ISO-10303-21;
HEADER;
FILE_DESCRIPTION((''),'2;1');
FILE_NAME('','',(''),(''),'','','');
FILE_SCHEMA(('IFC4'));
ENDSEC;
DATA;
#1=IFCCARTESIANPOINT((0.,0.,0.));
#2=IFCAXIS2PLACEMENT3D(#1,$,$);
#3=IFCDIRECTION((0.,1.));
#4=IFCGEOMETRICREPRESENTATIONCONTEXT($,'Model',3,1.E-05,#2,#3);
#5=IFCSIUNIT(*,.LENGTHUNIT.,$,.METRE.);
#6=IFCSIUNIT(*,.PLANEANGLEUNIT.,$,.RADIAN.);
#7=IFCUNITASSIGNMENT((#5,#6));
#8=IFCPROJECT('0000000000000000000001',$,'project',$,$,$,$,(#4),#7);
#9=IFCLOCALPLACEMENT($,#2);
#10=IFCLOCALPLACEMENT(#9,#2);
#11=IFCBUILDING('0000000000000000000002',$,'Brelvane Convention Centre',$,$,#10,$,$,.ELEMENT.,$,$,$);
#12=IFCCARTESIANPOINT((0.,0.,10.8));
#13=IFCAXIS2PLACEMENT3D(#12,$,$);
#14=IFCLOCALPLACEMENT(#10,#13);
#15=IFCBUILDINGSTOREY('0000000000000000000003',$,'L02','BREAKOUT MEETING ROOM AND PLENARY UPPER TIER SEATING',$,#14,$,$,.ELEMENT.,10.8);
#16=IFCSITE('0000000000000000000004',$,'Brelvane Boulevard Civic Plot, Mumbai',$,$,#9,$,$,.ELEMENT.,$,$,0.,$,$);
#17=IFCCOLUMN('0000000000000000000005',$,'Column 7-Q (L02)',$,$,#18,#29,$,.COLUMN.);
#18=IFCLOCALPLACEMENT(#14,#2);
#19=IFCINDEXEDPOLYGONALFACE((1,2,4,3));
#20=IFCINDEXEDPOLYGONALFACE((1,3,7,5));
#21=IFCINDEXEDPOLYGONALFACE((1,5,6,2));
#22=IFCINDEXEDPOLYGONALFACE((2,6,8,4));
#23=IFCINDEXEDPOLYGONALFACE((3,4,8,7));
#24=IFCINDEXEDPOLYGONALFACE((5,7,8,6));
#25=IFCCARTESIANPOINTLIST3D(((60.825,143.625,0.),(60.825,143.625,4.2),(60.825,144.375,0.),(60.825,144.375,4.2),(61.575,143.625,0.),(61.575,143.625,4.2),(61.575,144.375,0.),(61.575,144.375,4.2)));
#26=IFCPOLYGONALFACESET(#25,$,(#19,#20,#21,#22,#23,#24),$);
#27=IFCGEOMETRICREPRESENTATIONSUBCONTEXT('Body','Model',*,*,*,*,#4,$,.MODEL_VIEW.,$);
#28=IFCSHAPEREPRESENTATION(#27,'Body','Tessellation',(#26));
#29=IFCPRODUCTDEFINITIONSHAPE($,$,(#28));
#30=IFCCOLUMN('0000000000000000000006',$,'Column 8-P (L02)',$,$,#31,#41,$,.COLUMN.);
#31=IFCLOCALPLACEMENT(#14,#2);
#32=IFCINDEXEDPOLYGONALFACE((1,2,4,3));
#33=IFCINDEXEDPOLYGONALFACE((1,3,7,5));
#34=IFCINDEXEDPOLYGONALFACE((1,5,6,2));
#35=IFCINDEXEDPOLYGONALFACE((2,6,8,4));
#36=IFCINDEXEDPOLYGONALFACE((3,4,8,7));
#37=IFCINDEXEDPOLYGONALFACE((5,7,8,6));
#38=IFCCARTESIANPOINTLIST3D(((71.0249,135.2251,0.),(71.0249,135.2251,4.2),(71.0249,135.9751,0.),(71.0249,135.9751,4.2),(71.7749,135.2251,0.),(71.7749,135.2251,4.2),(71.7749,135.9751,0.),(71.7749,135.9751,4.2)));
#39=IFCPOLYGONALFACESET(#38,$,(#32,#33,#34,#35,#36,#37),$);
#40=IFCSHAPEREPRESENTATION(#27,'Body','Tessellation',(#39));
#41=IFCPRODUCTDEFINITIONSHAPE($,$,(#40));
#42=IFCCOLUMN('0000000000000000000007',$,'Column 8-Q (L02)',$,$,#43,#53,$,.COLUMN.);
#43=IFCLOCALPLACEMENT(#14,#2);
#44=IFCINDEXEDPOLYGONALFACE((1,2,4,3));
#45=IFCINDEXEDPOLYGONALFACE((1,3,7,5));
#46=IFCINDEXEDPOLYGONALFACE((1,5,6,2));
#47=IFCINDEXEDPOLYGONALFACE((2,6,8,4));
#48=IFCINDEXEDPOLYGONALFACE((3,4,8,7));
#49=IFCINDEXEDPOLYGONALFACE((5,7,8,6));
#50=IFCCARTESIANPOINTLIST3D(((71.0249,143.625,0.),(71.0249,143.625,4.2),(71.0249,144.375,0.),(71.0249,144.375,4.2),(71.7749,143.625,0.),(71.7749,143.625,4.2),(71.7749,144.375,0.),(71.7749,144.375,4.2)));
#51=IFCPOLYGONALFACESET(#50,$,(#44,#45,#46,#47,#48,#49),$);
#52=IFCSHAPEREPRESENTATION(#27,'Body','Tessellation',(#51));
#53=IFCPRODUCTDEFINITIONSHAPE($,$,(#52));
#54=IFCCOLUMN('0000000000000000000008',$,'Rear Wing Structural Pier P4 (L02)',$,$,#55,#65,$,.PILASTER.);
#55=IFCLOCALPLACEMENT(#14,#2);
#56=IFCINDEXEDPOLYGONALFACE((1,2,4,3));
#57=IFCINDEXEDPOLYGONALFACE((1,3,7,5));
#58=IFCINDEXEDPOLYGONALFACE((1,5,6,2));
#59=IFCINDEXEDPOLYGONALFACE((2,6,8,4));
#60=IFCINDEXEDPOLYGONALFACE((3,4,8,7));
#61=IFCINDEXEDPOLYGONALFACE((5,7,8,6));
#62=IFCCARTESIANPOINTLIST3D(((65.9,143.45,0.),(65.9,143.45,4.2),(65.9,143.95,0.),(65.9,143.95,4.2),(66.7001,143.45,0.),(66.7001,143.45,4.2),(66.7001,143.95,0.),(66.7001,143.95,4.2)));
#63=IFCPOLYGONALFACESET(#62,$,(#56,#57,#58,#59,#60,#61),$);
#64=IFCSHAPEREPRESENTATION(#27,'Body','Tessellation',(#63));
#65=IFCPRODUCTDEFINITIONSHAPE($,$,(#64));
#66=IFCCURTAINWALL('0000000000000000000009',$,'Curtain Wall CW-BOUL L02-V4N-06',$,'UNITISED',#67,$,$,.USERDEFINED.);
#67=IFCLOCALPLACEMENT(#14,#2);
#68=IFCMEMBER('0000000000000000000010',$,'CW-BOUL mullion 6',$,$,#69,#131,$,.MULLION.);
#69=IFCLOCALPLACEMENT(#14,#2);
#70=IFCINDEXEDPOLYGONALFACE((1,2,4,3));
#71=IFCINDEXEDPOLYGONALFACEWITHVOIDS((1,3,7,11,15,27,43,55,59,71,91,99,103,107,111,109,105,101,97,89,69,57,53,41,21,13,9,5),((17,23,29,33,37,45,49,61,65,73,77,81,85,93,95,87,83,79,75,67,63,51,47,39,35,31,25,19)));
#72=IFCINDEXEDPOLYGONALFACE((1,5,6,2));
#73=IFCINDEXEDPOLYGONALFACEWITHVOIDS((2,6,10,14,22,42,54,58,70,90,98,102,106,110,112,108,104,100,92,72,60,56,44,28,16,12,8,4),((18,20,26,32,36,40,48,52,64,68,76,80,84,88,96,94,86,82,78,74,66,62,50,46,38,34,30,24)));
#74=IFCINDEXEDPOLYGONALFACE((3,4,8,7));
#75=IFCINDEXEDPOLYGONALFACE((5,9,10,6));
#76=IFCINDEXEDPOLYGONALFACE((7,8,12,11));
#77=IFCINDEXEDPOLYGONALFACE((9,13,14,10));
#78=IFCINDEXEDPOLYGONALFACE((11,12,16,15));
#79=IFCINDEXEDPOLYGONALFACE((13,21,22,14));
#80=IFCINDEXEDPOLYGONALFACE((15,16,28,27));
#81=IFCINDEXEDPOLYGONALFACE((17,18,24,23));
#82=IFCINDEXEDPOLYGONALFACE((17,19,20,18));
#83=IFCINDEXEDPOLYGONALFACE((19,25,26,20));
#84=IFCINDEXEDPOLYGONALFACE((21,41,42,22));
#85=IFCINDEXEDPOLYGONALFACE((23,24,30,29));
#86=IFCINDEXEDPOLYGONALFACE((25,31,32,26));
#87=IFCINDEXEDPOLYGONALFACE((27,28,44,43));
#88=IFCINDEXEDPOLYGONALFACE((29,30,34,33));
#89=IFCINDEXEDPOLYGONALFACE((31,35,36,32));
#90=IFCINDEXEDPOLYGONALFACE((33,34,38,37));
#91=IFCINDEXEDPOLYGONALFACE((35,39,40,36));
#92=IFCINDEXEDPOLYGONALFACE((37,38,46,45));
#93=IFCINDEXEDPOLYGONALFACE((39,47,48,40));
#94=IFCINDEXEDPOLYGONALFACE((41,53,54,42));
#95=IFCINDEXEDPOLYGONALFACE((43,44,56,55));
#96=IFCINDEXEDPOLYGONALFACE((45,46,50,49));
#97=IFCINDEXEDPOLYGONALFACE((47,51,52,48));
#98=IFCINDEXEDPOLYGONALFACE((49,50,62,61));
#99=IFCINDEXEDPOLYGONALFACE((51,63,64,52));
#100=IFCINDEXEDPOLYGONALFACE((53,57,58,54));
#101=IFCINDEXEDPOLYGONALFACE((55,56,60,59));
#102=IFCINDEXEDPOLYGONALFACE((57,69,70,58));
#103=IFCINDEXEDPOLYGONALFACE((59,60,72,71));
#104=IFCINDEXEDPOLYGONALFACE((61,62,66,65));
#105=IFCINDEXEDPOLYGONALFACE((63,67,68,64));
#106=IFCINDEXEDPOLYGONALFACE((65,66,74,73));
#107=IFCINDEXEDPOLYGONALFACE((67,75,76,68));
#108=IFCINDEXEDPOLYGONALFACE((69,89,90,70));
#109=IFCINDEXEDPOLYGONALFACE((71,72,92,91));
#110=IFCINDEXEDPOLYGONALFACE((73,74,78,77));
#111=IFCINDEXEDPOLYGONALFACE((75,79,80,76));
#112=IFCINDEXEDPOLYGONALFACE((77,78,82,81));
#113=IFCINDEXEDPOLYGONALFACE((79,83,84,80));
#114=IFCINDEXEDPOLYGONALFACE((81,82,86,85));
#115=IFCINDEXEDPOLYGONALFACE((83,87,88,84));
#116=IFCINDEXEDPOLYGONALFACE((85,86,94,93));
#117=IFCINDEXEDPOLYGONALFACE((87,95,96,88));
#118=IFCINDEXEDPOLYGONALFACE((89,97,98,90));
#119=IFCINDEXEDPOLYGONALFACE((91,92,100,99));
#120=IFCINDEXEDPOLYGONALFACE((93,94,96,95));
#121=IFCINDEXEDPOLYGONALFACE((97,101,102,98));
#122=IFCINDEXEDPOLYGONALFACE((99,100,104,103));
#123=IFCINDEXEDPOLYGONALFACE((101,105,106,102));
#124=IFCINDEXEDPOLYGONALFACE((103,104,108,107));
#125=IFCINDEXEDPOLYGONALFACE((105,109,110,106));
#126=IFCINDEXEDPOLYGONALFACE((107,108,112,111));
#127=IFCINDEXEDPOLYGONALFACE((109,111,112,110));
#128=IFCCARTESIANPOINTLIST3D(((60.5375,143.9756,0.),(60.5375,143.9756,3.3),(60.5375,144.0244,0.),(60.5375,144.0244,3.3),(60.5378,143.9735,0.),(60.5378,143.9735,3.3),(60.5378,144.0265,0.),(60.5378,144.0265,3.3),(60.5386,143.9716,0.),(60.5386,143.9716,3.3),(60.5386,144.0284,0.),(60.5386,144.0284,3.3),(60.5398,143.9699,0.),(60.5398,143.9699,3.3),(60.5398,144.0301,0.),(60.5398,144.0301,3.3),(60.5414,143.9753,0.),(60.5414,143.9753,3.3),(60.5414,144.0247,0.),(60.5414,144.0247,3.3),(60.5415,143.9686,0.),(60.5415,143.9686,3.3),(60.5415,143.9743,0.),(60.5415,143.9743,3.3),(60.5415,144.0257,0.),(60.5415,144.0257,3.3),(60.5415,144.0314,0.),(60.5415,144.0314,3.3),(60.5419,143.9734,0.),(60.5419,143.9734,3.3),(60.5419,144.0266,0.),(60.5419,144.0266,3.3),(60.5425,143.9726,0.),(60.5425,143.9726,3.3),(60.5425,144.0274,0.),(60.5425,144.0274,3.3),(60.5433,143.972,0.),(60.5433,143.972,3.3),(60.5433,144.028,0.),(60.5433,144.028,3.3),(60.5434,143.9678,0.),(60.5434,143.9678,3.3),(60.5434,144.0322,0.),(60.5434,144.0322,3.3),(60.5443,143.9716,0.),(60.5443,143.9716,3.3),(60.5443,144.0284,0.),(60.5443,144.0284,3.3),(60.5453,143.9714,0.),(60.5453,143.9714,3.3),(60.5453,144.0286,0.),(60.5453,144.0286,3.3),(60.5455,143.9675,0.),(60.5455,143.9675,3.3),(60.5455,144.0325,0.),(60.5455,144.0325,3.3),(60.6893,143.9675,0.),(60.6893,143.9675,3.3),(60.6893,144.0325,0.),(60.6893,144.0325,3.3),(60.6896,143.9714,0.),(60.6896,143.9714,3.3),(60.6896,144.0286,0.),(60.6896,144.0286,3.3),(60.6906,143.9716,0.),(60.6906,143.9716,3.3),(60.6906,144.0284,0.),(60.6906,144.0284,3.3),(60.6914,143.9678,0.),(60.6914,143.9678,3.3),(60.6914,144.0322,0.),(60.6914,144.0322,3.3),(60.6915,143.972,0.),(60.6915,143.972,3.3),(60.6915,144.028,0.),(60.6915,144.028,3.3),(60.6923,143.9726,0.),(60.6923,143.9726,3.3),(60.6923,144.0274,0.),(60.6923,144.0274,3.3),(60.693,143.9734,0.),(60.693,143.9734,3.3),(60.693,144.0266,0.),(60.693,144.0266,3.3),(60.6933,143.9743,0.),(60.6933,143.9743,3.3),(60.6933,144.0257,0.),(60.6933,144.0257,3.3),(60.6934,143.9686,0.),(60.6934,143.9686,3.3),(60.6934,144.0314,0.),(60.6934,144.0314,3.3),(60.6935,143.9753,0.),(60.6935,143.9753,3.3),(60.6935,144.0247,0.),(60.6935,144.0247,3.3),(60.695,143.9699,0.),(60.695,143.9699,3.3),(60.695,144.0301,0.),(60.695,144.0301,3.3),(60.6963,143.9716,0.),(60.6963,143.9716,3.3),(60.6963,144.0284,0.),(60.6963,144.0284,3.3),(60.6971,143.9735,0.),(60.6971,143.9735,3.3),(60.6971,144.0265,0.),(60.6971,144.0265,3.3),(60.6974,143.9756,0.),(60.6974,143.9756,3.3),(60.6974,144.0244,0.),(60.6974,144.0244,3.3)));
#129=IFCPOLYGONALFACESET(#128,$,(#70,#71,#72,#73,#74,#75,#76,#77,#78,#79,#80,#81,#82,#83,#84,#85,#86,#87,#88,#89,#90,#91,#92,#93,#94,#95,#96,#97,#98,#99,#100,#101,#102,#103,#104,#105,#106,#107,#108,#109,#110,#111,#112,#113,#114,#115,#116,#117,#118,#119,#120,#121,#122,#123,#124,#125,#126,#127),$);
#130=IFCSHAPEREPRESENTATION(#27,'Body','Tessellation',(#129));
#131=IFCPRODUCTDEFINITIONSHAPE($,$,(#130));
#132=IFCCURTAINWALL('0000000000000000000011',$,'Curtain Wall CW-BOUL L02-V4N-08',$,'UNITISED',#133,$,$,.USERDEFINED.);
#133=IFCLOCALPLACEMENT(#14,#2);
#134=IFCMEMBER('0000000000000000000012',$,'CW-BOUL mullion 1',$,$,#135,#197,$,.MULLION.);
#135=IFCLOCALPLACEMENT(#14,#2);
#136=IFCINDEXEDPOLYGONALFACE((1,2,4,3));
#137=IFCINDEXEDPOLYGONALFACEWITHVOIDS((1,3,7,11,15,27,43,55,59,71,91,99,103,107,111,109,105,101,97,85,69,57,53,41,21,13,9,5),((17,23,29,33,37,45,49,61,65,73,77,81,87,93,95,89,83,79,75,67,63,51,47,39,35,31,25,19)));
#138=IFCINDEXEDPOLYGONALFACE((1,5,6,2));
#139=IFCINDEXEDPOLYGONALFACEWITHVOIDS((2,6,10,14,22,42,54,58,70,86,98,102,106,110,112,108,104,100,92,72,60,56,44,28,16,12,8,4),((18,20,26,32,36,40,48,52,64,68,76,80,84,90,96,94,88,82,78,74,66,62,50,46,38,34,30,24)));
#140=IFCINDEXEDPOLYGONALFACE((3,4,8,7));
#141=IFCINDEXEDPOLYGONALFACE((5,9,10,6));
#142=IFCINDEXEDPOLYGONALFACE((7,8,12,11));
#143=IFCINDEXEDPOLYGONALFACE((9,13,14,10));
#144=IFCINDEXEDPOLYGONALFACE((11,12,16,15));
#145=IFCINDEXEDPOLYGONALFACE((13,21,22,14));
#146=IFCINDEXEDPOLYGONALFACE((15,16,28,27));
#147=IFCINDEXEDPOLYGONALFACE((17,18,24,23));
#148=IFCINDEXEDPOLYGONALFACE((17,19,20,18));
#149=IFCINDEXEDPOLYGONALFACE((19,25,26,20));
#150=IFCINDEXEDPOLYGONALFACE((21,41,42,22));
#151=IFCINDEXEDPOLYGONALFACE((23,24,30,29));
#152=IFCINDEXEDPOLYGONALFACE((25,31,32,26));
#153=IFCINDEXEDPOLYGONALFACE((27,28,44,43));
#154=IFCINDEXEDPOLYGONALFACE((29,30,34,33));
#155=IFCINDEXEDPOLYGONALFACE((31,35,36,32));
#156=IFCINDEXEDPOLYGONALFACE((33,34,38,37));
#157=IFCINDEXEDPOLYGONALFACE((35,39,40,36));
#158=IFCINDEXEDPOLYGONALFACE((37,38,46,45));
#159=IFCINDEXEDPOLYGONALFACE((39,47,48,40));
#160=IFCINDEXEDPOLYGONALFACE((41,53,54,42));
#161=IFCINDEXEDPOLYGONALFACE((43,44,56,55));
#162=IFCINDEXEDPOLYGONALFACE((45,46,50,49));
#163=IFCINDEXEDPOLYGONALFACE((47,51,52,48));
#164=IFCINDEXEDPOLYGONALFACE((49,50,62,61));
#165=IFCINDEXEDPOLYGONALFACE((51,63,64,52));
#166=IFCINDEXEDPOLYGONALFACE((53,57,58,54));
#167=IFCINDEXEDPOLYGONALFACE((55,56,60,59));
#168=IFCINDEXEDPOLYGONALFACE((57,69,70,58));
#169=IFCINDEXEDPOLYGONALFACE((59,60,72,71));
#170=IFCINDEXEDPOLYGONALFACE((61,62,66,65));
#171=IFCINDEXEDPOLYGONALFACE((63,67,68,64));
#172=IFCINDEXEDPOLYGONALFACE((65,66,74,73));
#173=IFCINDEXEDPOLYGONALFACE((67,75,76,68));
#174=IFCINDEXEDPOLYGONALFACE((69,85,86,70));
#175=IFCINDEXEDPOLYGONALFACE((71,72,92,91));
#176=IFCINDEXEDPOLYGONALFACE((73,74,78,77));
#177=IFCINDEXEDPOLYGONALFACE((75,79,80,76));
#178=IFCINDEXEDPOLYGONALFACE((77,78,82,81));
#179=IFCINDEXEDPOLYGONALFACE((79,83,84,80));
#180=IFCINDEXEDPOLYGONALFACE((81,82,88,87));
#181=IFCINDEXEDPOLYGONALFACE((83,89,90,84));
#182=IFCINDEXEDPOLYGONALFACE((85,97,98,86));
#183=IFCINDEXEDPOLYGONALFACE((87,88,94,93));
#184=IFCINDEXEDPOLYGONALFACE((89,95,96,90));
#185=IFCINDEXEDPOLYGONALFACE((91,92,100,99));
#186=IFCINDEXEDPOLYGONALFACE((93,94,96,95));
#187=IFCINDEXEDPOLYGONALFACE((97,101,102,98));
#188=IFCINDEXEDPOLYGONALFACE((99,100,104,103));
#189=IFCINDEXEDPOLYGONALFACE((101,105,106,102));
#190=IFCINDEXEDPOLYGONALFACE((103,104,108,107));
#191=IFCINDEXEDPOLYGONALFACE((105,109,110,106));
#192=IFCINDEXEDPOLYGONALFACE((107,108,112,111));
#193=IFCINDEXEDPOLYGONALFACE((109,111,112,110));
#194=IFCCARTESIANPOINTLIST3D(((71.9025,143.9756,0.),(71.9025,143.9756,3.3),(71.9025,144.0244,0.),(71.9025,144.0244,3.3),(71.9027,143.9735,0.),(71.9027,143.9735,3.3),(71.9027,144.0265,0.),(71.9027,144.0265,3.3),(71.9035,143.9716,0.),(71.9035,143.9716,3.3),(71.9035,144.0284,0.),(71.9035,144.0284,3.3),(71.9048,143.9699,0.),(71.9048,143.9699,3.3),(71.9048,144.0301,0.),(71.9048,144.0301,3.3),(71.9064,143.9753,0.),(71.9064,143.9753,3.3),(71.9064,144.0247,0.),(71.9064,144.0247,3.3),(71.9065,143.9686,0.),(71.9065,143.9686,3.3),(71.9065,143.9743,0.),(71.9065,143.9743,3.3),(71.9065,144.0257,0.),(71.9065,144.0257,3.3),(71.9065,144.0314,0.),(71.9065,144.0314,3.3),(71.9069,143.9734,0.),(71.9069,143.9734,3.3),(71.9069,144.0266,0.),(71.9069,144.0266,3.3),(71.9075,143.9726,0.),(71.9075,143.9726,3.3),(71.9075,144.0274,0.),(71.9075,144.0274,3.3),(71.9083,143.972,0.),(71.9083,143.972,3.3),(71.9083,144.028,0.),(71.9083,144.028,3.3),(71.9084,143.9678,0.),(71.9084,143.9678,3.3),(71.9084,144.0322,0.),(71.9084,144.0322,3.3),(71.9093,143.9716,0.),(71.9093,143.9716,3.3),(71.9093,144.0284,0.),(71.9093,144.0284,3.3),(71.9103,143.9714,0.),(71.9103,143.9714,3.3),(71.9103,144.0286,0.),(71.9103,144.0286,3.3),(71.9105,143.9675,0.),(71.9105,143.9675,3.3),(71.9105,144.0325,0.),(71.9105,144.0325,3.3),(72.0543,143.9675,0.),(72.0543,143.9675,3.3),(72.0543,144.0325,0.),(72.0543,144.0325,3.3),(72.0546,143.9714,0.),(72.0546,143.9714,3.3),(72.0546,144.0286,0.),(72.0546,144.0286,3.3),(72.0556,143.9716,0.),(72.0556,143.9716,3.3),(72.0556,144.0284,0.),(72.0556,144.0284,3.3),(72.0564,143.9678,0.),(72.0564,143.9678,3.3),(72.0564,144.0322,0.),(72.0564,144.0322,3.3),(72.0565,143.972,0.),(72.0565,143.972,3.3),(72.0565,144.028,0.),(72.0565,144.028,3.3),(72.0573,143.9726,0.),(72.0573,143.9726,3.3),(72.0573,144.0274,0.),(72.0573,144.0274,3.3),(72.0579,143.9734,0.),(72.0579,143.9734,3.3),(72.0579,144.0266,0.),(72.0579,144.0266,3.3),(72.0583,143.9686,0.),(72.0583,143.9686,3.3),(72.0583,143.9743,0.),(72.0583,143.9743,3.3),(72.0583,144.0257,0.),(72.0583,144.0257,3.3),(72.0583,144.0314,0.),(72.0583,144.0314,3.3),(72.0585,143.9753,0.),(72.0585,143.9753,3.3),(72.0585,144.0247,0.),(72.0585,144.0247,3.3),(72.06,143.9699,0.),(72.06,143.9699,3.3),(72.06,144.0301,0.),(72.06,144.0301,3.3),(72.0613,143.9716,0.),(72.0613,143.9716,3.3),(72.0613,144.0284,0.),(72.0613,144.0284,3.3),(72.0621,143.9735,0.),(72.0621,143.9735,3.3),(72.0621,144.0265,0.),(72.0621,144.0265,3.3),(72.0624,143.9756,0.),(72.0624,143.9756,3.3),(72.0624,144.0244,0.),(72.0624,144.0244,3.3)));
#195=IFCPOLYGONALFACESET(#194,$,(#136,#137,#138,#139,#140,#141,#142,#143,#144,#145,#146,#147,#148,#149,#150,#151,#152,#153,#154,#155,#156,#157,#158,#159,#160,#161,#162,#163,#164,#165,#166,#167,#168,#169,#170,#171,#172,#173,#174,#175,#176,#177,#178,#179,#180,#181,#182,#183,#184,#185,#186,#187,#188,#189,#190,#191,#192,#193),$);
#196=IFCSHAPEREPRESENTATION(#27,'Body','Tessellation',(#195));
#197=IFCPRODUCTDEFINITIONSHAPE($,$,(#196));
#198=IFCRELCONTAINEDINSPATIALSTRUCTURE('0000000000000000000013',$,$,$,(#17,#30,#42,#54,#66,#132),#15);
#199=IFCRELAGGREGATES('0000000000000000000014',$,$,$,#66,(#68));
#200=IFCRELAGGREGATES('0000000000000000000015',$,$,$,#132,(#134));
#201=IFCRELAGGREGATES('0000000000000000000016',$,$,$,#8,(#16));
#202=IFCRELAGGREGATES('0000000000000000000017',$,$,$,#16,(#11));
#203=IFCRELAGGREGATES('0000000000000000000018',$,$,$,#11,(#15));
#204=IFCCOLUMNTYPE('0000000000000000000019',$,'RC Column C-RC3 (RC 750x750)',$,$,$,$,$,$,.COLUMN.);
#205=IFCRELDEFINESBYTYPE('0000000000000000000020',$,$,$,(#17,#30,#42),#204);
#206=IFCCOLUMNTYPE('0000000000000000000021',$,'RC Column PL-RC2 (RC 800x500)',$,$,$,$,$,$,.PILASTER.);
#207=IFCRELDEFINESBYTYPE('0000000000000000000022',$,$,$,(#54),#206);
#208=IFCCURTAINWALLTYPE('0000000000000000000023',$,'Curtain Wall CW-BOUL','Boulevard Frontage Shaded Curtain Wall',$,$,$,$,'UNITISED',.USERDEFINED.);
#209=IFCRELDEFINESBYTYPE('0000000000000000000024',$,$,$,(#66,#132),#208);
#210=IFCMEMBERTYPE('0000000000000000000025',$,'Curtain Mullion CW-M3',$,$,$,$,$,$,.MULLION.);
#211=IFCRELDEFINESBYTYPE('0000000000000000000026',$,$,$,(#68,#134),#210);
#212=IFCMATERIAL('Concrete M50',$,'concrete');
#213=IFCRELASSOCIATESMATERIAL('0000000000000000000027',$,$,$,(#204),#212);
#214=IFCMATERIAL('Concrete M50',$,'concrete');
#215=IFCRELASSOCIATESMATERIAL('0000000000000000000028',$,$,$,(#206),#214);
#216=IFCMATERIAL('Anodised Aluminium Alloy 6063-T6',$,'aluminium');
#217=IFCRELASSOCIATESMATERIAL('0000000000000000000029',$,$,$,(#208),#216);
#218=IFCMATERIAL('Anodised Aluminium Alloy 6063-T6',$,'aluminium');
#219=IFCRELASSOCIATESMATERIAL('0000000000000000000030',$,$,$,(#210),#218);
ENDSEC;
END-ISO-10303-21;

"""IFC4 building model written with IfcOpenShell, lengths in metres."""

from ifc_helpers import new_model, si_unit, direction, frame, origin, origin_2d, place, context, subcontext, project, spatial, rectangle, hollow_rectangle, extrude, material, material_profile, profile_set, type_object, element, aggregate, save


model = new_model("IFC4")

# Units and contexts
model_context = context("Model", 3, precision=1e-05, world=origin(), true_north=direction((0.0, 1.0)))
body_context = subcontext(model_context, "Body", "Model", "MODEL_VIEW")
ifc_project = project(units=[si_unit("LENGTHUNIT", "METRE"), si_unit("PLANEANGLEUNIT", "RADIAN")], contexts=[model_context])

# Site, building, storey
site_placement = place(None, origin())
site = spatial("IfcSite", under=ifc_project, at=site_placement, Name="Brelvane Boulevard Civic Plot, Mumbai", CompositionType="ELEMENT", RefElevation=0.0)
building_placement = place(site_placement, origin())
building = spatial("IfcBuilding", under=site, at=building_placement, Name="Brelvane Convention Centre", CompositionType="ELEMENT")
storey_placement = place(building_placement, frame((0.0, 0.0, 10.8)))
storey = spatial("IfcBuildingStorey", under=building, at=storey_placement, Name="L02", Description="BREAKOUT MEETING ROOM AND PLENARY UPPER TIER SEATING", CompositionType="ELEMENT", Elevation=10.8)

# Columns
ifc_material_1 = material(Name="Concrete M50", Category="concrete")
ifc_material_profile_1 = material_profile(ifc_material_1, rectangle(XDim=0.75, YDim=0.75, at=origin_2d()), Name="RC 750x750")
ifc_profile_set_1 = profile_set([ifc_material_profile_1], Name="Concrete M50")
column_type_1 = type_object("IfcColumnType", Name="RC Column C-RC3 (RC 750x750)", PredefinedType="COLUMN", material=ifc_profile_set_1)
for number, where, z_axis, x_axis, name in (
    (1, (61.2, 144.0, 0.0), (0.0, 0.0, 1.0), (1.0, 0.0, 0.0), "Column 7-Q (L02)"),
    (2, (71.3999, 135.6001, 0.0), (0.0, 0.0, 1.0), (1.0, 0.0, 0.0), "Column 8-P (L02)"),
    (3, (71.3999, 144.0, 0.0), (0.0, 0.0, 1.0), (1.0, 0.0, 0.0), "Column 8-Q (L02)"),
):
    element("IfcColumn", number, at=place(storey_placement, frame(where, z_axis=z_axis, x_axis=x_axis)), inside=storey, type_object=column_type_1, Name=name, PredefinedType="COLUMN", context=body_context, shape_type="SweptSolid", body=[
        extrude(rectangle(XDim=0.75, YDim=0.75, at=origin_2d()), origin(), (0.0, 0.0, 1.0), 4.2),
    ])
ifc_material_2 = material(Name="Concrete M50", Category="concrete")
ifc_material_profile_2 = material_profile(ifc_material_2, rectangle(XDim=0.8, YDim=0.5, at=origin_2d()), Name="RC 800x500")
ifc_profile_set_2 = profile_set([ifc_material_profile_2], Name="Concrete M50")
column_type_2 = type_object("IfcColumnType", Name="RC Column PL-RC2 (RC 800x500)", PredefinedType="PILASTER", material=ifc_profile_set_2)
column_placement = place(storey_placement, frame((66.3, 143.7, 0.0), z_axis=(0.0, 0.0, 1.0), x_axis=(1.0, 0.0, 0.0)))
element("IfcColumn", 4, at=column_placement, inside=storey, type_object=column_type_2, Name="Rear Wing Structural Pier P4 (L02)", PredefinedType="PILASTER", context=body_context, shape_type="SweptSolid", body=[
    extrude(rectangle(XDim=0.8, YDim=0.5, at=origin_2d()), origin(), (0.0, 0.0, 1.0), 4.2),
])

# Curtain wall, member
ifc_material_3 = material(Name="Anodised Aluminium Alloy 6063-T6", Category="aluminium")
curtain_wall_type = type_object("IfcCurtainWallType", Name="Curtain Wall CW-BOUL", Description="Boulevard Frontage Shaded Curtain Wall", ElementType="UNITISED", PredefinedType="USERDEFINED", material=ifc_material_3)
curtain_wall_1_placement = place(storey_placement, origin())
curtain_wall_1 = element("IfcCurtainWall", 5, at=curtain_wall_1_placement, inside=storey, type_object=curtain_wall_type, Name="Curtain Wall CW-BOUL L02-V4N-06", ObjectType="UNITISED", PredefinedType="USERDEFINED")
ifc_material_4 = material(Name="Anodised Aluminium Alloy 6063-T6", Category="aluminium")
ifc_material_profile_3 = material_profile(ifc_material_4, hollow_rectangle(XDim=0.0649, YDim=0.1599, WallThickness=0.0039, InnerFilletRadius=0.0039, OuterFilletRadius=0.0081, at=origin_2d()), Name="ALU-M 160x65x4.0")
ifc_profile_set_3 = profile_set([ifc_material_profile_3], Name="Anodised Aluminium Alloy 6063-T6")
member_type_1 = type_object("IfcMemberType", Name="Curtain Mullion CW-M3", PredefinedType="MULLION", material=ifc_profile_set_3)
member_1_placement = place(storey_placement, frame((60.6174, 144.0, 0.0), z_axis=(0.0, 0.0, 1.0), x_axis=(0.0, 1.0, 0.0)))
member_1 = element("IfcMember", 6, at=member_1_placement, type_object=member_type_1, Name="CW-BOUL mullion 6", PredefinedType="MULLION", context=body_context, shape_type="SweptSolid", body=[
    extrude(hollow_rectangle(XDim=0.0649, YDim=0.1599, WallThickness=0.0039, InnerFilletRadius=0.0039, OuterFilletRadius=0.0081, at=origin_2d()), origin(), (0.0, 0.0, 1.0), 3.3),
])

# Curtain wall, member
curtain_wall_2_placement = place(storey_placement, origin())
curtain_wall_2 = element("IfcCurtainWall", 7, at=curtain_wall_2_placement, inside=storey, type_object=curtain_wall_type, Name="Curtain Wall CW-BOUL L02-V4N-08", ObjectType="UNITISED", PredefinedType="USERDEFINED")
member_2_placement = place(storey_placement, frame((71.9824, 144.0, 0.0), z_axis=(0.0, 0.0, 1.0), x_axis=(0.0, 1.0, 0.0)))
member_2 = element("IfcMember", 8, at=member_2_placement, type_object=member_type_1, Name="CW-BOUL mullion 1", PredefinedType="MULLION", context=body_context, shape_type="SweptSolid", body=[
    extrude(hollow_rectangle(XDim=0.0649, YDim=0.1599, WallThickness=0.0039, InnerFilletRadius=0.0039, OuterFilletRadius=0.0081, at=origin_2d()), origin(), (0.0, 0.0, 1.0), 3.3),
])

aggregate(curtain_wall_1, [member_1])
aggregate(curtain_wall_2, [member_2])

save(model, "model.ifc")
